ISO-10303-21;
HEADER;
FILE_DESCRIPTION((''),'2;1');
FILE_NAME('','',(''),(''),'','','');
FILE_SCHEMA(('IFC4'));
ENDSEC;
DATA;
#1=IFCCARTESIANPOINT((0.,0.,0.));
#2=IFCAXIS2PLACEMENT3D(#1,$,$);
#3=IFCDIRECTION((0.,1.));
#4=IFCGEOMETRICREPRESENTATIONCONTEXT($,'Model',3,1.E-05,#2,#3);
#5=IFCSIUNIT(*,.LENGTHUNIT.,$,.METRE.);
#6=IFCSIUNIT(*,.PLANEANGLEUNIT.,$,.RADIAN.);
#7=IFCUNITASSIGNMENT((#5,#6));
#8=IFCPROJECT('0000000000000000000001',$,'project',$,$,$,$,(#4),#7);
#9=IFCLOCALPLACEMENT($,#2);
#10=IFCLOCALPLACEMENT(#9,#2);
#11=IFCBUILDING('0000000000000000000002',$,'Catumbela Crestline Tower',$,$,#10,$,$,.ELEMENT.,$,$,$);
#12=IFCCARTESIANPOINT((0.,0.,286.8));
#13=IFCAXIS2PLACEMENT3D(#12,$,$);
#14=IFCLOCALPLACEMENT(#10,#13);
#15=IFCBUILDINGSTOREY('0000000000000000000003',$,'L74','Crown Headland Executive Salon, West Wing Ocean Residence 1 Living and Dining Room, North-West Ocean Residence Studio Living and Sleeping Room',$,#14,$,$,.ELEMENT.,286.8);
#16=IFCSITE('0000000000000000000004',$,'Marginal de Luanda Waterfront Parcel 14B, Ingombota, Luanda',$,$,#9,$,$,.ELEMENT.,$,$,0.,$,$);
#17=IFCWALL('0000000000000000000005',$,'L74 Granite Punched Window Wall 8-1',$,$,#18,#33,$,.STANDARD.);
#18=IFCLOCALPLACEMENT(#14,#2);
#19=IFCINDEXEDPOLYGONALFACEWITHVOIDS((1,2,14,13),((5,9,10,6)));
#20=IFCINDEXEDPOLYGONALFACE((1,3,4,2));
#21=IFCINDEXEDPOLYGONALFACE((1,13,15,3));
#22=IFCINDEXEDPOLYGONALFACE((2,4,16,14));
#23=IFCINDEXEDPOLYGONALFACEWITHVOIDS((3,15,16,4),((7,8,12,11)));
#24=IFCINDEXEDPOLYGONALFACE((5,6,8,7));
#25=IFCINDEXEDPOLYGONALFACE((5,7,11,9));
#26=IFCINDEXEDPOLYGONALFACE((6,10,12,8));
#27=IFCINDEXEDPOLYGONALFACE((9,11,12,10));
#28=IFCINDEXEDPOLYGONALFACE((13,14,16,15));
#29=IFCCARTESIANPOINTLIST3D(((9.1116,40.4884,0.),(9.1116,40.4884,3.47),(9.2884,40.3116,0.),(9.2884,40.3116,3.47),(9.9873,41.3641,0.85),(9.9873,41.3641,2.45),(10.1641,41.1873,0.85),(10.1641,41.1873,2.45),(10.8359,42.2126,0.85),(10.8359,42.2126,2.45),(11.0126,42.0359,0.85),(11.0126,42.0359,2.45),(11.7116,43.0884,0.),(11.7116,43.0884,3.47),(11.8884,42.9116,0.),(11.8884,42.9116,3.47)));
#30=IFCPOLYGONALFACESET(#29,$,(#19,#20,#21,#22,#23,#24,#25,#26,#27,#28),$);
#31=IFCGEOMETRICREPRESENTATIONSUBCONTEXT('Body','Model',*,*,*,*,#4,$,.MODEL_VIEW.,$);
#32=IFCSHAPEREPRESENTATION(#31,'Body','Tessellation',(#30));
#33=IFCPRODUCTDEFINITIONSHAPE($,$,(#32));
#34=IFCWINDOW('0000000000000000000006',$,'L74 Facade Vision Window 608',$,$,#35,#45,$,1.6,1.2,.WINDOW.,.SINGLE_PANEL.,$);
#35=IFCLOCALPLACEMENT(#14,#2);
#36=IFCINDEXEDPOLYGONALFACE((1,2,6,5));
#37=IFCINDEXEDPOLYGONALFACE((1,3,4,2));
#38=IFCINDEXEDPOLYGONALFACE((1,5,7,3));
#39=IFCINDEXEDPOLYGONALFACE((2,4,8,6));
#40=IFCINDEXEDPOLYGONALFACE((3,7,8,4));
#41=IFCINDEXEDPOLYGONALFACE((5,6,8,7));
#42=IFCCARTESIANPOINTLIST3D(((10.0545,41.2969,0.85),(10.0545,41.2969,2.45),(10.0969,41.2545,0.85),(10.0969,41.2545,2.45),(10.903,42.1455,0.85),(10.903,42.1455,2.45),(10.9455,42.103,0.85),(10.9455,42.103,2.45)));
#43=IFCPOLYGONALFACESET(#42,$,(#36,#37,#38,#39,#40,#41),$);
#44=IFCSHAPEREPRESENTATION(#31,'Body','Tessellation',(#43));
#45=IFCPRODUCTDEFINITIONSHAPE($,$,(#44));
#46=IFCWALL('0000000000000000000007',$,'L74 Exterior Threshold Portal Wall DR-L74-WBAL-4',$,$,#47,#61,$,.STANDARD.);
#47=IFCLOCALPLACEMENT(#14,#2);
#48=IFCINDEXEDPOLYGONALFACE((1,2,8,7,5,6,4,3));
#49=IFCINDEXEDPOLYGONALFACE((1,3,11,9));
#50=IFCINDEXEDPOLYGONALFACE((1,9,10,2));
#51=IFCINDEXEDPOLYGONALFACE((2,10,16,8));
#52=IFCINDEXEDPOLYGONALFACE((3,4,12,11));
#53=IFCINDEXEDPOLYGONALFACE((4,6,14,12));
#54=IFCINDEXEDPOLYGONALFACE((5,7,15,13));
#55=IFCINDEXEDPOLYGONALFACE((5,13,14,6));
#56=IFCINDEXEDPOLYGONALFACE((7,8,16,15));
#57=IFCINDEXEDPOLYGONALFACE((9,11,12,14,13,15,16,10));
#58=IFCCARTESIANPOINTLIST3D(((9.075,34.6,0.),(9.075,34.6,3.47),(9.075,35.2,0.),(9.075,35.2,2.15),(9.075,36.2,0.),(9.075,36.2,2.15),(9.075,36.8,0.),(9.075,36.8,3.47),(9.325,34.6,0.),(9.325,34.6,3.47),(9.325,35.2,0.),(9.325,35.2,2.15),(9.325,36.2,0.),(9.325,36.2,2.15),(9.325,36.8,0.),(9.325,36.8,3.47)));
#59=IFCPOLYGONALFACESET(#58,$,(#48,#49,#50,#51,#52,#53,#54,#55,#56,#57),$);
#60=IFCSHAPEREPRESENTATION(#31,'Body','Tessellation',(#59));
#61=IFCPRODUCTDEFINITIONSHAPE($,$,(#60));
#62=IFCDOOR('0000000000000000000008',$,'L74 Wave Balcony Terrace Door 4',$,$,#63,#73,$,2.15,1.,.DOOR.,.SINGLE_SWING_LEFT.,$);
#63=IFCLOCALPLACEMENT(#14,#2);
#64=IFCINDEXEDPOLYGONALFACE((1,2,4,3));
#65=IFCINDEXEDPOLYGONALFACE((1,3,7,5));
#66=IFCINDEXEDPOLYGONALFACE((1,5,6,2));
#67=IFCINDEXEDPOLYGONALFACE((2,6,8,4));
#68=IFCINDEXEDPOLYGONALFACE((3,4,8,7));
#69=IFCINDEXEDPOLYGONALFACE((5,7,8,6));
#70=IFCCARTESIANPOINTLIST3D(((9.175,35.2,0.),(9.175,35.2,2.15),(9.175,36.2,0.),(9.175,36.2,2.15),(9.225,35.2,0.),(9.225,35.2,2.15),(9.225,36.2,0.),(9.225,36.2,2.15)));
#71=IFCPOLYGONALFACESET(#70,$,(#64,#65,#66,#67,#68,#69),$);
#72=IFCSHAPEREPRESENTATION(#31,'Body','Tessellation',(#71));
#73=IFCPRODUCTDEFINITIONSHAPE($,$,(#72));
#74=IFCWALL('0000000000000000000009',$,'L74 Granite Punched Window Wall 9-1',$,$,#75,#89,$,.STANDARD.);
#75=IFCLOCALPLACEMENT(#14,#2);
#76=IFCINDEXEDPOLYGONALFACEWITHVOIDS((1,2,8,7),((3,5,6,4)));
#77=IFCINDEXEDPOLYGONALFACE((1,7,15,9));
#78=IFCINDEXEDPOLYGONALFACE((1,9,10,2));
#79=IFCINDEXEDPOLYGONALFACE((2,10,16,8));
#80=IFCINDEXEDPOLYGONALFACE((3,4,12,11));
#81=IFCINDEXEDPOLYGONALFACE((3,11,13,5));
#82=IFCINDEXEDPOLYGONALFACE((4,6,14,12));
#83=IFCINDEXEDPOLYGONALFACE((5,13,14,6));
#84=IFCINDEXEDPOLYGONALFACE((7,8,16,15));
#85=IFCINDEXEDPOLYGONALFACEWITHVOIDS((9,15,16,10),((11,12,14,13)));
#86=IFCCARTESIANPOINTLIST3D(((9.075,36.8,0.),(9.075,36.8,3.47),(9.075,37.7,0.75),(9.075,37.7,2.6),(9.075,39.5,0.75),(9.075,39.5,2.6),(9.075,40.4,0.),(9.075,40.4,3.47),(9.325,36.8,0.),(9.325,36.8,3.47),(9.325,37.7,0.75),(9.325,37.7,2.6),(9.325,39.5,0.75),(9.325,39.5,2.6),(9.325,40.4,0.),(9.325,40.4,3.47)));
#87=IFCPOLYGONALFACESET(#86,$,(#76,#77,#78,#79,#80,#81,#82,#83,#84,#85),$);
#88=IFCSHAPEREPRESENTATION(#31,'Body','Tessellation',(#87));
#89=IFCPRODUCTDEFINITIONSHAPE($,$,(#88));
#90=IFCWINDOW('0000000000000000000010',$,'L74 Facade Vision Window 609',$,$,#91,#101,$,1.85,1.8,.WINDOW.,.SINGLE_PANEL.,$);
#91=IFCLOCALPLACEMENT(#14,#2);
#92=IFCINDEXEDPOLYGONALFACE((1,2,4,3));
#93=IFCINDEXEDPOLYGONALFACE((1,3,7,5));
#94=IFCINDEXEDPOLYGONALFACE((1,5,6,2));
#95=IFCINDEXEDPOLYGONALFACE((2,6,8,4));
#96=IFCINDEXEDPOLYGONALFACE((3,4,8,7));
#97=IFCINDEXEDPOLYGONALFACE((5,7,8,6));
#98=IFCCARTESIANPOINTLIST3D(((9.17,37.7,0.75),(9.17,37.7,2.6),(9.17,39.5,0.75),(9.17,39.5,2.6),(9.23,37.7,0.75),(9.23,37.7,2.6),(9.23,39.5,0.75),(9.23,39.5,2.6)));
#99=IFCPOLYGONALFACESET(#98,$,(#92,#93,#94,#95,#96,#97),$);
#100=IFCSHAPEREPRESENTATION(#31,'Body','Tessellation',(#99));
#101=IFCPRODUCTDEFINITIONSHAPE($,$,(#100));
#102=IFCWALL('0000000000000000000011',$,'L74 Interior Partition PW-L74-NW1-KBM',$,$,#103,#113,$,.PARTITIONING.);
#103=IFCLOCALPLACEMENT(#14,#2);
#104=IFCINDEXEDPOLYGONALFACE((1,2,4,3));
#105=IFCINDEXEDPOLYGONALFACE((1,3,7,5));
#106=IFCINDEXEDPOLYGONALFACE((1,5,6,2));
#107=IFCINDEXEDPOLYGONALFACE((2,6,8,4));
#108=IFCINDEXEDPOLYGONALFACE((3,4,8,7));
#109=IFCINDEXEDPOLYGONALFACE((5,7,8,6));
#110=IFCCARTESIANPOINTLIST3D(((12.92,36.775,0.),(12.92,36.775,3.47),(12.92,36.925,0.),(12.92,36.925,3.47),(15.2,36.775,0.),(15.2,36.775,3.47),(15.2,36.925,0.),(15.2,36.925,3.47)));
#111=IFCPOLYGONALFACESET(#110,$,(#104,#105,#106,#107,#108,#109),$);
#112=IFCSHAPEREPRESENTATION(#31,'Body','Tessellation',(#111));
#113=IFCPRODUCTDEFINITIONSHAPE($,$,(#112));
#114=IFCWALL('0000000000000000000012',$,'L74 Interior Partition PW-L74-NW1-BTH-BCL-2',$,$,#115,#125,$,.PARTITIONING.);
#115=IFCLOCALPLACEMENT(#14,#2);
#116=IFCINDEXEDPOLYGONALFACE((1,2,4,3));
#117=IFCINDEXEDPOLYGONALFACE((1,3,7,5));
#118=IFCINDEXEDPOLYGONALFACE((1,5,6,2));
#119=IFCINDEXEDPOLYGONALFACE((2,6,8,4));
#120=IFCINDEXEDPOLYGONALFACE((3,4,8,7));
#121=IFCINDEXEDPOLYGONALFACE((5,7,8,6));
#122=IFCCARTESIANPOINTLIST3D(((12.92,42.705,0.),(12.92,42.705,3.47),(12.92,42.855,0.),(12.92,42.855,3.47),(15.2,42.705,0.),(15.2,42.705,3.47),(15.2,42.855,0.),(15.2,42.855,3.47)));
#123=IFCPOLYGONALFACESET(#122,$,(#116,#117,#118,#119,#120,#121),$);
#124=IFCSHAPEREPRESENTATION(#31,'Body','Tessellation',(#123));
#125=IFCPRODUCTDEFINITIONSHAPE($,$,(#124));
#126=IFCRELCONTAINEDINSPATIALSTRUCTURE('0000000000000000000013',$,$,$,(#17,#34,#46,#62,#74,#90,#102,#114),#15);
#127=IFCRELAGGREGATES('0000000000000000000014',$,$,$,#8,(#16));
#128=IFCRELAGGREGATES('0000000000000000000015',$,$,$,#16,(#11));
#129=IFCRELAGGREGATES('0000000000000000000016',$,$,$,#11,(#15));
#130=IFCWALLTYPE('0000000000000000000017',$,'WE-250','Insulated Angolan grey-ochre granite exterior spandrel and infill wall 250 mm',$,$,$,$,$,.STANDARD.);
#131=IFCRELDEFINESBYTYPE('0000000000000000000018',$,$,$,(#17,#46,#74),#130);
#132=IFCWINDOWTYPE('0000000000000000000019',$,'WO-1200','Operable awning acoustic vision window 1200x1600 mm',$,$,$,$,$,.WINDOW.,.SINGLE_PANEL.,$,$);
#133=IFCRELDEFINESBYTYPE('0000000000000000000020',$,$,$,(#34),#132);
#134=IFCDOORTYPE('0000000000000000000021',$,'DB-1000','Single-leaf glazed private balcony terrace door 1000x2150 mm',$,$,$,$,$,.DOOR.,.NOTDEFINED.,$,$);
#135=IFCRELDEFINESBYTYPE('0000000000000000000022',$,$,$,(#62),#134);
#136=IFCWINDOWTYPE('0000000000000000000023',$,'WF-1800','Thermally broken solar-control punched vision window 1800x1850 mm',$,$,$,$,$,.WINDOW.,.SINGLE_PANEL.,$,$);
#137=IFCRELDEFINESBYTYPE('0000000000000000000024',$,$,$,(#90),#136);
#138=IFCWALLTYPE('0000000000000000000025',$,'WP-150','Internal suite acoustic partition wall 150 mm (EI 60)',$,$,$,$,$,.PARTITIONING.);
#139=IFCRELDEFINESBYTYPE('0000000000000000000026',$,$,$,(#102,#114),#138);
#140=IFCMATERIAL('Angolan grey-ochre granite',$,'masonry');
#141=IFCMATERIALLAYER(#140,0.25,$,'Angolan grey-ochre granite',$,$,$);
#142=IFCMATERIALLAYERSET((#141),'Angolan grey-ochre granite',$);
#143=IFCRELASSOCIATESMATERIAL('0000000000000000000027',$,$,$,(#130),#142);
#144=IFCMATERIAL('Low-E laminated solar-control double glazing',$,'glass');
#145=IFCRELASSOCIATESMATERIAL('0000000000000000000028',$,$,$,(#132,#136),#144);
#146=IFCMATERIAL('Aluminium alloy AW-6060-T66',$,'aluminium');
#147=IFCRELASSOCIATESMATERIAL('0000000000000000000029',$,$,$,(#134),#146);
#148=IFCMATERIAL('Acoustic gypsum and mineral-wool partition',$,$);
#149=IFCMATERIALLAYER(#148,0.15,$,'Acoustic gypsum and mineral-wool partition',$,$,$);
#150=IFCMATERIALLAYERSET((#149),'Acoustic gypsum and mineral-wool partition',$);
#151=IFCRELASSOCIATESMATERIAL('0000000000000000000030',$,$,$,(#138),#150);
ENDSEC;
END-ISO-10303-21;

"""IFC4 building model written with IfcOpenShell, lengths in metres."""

from ifc_helpers import new_model, si_unit, direction, frame, frame_2d, origin, place, context, subcontext, project, spatial, rectangle, extrude, material, layer, layer_set, type_object, element, fill, save


model = new_model("IFC4")

# Units and contexts
model_context = context("Model", 3, precision=1e-05, world=origin(), true_north=direction((0.0, 1.0)))
body_context = subcontext(model_context, "Body", "Model", "MODEL_VIEW")
ifc_project = project(units=[si_unit("LENGTHUNIT", "METRE"), si_unit("PLANEANGLEUNIT", "RADIAN")], contexts=[model_context])

# Site, building, storey
site_placement = place(None, origin())
site = spatial("IfcSite", under=ifc_project, at=site_placement, Name="Marginal de Luanda Waterfront Parcel 14B, Ingombota, Luanda", CompositionType="ELEMENT", RefElevation=0.0)
building_placement = place(site_placement, origin())
building = spatial("IfcBuilding", under=site, at=building_placement, Name="Catumbela Crestline Tower", CompositionType="ELEMENT")
storey_placement = place(building_placement, frame((0.0, 0.0, 286.8)))
storey = spatial("IfcBuildingStorey", under=building, at=storey_placement, Name="L74", Description="Crown Headland Executive Salon, West Wing Ocean Residence 1 Living and Dining Room, North-West Ocean Residence Studio Living and Sleeping Room", CompositionType="ELEMENT", Elevation=286.8)

# Shared definitions
ifc_material_1 = material(Name="Aluminium alloy AW-6060-T66", Category="aluminium")
ifc_material_2 = material(Name="Low-E laminated solar-control double glazing", Category="glass")

# Wall, opening, window
ifc_material_3 = material(Name="Angolan grey-ochre granite", Category="masonry")
ifc_layer_1 = layer(ifc_material_3, 0.25, Name="Angolan grey-ochre granite")
ifc_layer_set_1 = layer_set([ifc_layer_1], Name="Angolan grey-ochre granite")
wall_type_1 = type_object("IfcWallType", Name="WE-250", Description="Insulated Angolan grey-ochre granite exterior spandrel and infill wall 250 mm", PredefinedType="STANDARD", material=ifc_layer_set_1)
wall_1_placement = place(storey_placement, frame((11.8, 43.0, 0.0), z_axis=(0.0, 0.0, 1.0), x_axis=(-0.707107, -0.707107, 0.0)))
wall_1 = element("IfcWall", 1, at=wall_1_placement, inside=storey, type_object=wall_type_1, Name="L74 Granite Punched Window Wall 8-1", PredefinedType="STANDARD", context=body_context, shape_type="SweptSolid", body=[
    extrude(rectangle(XDim=3.677, YDim=0.25, at=frame_2d((1.8385, 0.0))), origin(), (0.0, 0.0, 1.0), 3.47),
])
opening_1_placement = place(wall_1_placement, frame((1.2385, 0.0, 0.85)))
opening_1 = element("IfcOpeningElement", 2, at=opening_1_placement, cuts=wall_1, PredefinedType="OPENING", context=body_context, shape_type="SweptSolid", body=[
    extrude(rectangle(XDim=1.2, YDim=1.6, at=frame_2d((0.6, 0.8))), frame((0.0, 0.135, 0.0), z_axis=(0.0, -1.0, 0.0), x_axis=(1.0, 0.0, 0.0)), (0.0, 0.0, 1.0), 0.27),
])
window_type_1 = type_object("IfcWindowType", Name="WO-1200", Description="Operable awning acoustic vision window 1200x1600 mm", PartitioningType="SINGLE_PANEL", PredefinedType="WINDOW", material=ifc_material_2)
window_1_placement = place(opening_1_placement, origin())
window_1 = element("IfcWindow", 3, at=window_1_placement, inside=storey, type_object=window_type_1, Name="L74 Facade Vision Window 608", OverallHeight=1.6, OverallWidth=1.2, PartitioningType="SINGLE_PANEL", PredefinedType="WINDOW", context=body_context, shape_type="SweptSolid", body=[
    extrude(rectangle(XDim=1.2, YDim=1.6, at=frame_2d((0.6, 0.8))), frame((0.0, 0.03, 0.0), z_axis=(0.0, -1.0, 0.0), x_axis=(1.0, 0.0, 0.0)), (0.0, 0.0, 1.0), 0.06),
])
fill(opening_1, window_1)

# Wall, opening, door
wall_2_placement = place(storey_placement, frame((9.2, 36.8, 0.0), z_axis=(0.0, 0.0, 1.0), x_axis=(0.0, -1.0, 0.0)))
wall_2 = element("IfcWall", 4, at=wall_2_placement, inside=storey, type_object=wall_type_1, Name="L74 Exterior Threshold Portal Wall DR-L74-WBAL-4", PredefinedType="STANDARD", context=body_context, shape_type="SweptSolid", body=[
    extrude(rectangle(XDim=2.2, YDim=0.25, at=frame_2d((1.1, 0.0))), origin(), (0.0, 0.0, 1.0), 3.47),
])
opening_2_placement = place(wall_2_placement, frame((0.6, 0.0, 0.0)))
opening_2 = element("IfcOpeningElement", 5, at=opening_2_placement, cuts=wall_2, PredefinedType="OPENING", context=body_context, shape_type="SweptSolid", body=[
    extrude(rectangle(XDim=1.0, YDim=2.15, at=frame_2d((0.5, 1.075))), frame((0.0, 0.135, 0.0), z_axis=(0.0, -1.0, 0.0), x_axis=(1.0, 0.0, 0.0)), (0.0, 0.0, 1.0), 0.27),
])
door_type_1 = type_object("IfcDoorType", Name="DB-1000", Description="Single-leaf glazed private balcony terrace door 1000x2150 mm", OperationType="NOTDEFINED", PredefinedType="DOOR", material=ifc_material_1)
door_1_placement = place(opening_2_placement, origin())
door_1 = element("IfcDoor", 6, at=door_1_placement, inside=storey, type_object=door_type_1, Name="L74 Wave Balcony Terrace Door 4", OperationType="SINGLE_SWING_LEFT", OverallHeight=2.15, OverallWidth=1.0, PredefinedType="DOOR", context=body_context, shape_type="SweptSolid", body=[
    extrude(rectangle(XDim=1.0, YDim=2.15, at=frame_2d((0.5, 1.075))), frame((0.0, 0.025, 0.0), z_axis=(0.0, -1.0, 0.0), x_axis=(1.0, 0.0, 0.0)), (0.0, 0.0, 1.0), 0.05),
])
fill(opening_2, door_1)

# Wall, opening, window
wall_3_placement = place(storey_placement, frame((9.2, 40.4, 0.0), z_axis=(0.0, 0.0, 1.0), x_axis=(0.0, -1.0, 0.0)))
wall_3 = element("IfcWall", 7, at=wall_3_placement, inside=storey, type_object=wall_type_1, Name="L74 Granite Punched Window Wall 9-1", PredefinedType="STANDARD", context=body_context, shape_type="SweptSolid", body=[
    extrude(rectangle(XDim=3.6, YDim=0.25, at=frame_2d((1.8, 0.0))), origin(), (0.0, 0.0, 1.0), 3.47),
])
opening_3_placement = place(wall_3_placement, frame((0.9, 0.0, 0.75)))
opening_3 = element("IfcOpeningElement", 8, at=opening_3_placement, cuts=wall_3, PredefinedType="OPENING", context=body_context, shape_type="SweptSolid", body=[
    extrude(rectangle(XDim=1.8, YDim=1.85, at=frame_2d((0.9, 0.925))), frame((0.0, 0.135, 0.0), z_axis=(0.0, -1.0, 0.0), x_axis=(1.0, 0.0, 0.0)), (0.0, 0.0, 1.0), 0.27),
])
window_type_2 = type_object("IfcWindowType", Name="WF-1800", Description="Thermally broken solar-control punched vision window 1800x1850 mm", PartitioningType="SINGLE_PANEL", PredefinedType="WINDOW", material=ifc_material_2)
window_2_placement = place(opening_3_placement, origin())
window_2 = element("IfcWindow", 9, at=window_2_placement, inside=storey, type_object=window_type_2, Name="L74 Facade Vision Window 609", OverallHeight=1.85, OverallWidth=1.8, PartitioningType="SINGLE_PANEL", PredefinedType="WINDOW", context=body_context, shape_type="SweptSolid", body=[
    extrude(rectangle(XDim=1.8, YDim=1.85, at=frame_2d((0.9, 0.925))), frame((0.0, 0.03, 0.0), z_axis=(0.0, -1.0, 0.0), x_axis=(1.0, 0.0, 0.0)), (0.0, 0.0, 1.0), 0.06),
])
fill(opening_3, window_2)

# Walls
ifc_material_4 = material(Name="Acoustic gypsum and mineral-wool partition")
ifc_layer_2 = layer(ifc_material_4, 0.15, Name="Acoustic gypsum and mineral-wool partition")
ifc_layer_set_2 = layer_set([ifc_layer_2], Name="Acoustic gypsum and mineral-wool partition")
wall_type_2 = type_object("IfcWallType", Name="WP-150", Description="Internal suite acoustic partition wall 150 mm (EI 60)", PredefinedType="PARTITIONING", material=ifc_layer_set_2)
for number, where, z_axis, x_axis, name in (
    (10, (12.92, 36.85, 0.0), (0.0, 0.0, 1.0), (1.0, 0.0, 0.0), "L74 Interior Partition PW-L74-NW1-KBM"),
    (11, (12.92, 42.78, 0.0), (0.0, 0.0, 1.0), (1.0, 0.0, 0.0), "L74 Interior Partition PW-L74-NW1-BTH-BCL-2"),
):
    element("IfcWall", number, at=place(storey_placement, frame(where, z_axis=z_axis, x_axis=x_axis)), inside=storey, type_object=wall_type_2, Name=name, PredefinedType="PARTITIONING", context=body_context, shape_type="SweptSolid", body=[
        extrude(rectangle(XDim=2.28, YDim=0.15, at=frame_2d((1.14, 0.0))), origin(), (0.0, 0.0, 1.0), 3.47),
    ])

save(model, "model.ifc")
